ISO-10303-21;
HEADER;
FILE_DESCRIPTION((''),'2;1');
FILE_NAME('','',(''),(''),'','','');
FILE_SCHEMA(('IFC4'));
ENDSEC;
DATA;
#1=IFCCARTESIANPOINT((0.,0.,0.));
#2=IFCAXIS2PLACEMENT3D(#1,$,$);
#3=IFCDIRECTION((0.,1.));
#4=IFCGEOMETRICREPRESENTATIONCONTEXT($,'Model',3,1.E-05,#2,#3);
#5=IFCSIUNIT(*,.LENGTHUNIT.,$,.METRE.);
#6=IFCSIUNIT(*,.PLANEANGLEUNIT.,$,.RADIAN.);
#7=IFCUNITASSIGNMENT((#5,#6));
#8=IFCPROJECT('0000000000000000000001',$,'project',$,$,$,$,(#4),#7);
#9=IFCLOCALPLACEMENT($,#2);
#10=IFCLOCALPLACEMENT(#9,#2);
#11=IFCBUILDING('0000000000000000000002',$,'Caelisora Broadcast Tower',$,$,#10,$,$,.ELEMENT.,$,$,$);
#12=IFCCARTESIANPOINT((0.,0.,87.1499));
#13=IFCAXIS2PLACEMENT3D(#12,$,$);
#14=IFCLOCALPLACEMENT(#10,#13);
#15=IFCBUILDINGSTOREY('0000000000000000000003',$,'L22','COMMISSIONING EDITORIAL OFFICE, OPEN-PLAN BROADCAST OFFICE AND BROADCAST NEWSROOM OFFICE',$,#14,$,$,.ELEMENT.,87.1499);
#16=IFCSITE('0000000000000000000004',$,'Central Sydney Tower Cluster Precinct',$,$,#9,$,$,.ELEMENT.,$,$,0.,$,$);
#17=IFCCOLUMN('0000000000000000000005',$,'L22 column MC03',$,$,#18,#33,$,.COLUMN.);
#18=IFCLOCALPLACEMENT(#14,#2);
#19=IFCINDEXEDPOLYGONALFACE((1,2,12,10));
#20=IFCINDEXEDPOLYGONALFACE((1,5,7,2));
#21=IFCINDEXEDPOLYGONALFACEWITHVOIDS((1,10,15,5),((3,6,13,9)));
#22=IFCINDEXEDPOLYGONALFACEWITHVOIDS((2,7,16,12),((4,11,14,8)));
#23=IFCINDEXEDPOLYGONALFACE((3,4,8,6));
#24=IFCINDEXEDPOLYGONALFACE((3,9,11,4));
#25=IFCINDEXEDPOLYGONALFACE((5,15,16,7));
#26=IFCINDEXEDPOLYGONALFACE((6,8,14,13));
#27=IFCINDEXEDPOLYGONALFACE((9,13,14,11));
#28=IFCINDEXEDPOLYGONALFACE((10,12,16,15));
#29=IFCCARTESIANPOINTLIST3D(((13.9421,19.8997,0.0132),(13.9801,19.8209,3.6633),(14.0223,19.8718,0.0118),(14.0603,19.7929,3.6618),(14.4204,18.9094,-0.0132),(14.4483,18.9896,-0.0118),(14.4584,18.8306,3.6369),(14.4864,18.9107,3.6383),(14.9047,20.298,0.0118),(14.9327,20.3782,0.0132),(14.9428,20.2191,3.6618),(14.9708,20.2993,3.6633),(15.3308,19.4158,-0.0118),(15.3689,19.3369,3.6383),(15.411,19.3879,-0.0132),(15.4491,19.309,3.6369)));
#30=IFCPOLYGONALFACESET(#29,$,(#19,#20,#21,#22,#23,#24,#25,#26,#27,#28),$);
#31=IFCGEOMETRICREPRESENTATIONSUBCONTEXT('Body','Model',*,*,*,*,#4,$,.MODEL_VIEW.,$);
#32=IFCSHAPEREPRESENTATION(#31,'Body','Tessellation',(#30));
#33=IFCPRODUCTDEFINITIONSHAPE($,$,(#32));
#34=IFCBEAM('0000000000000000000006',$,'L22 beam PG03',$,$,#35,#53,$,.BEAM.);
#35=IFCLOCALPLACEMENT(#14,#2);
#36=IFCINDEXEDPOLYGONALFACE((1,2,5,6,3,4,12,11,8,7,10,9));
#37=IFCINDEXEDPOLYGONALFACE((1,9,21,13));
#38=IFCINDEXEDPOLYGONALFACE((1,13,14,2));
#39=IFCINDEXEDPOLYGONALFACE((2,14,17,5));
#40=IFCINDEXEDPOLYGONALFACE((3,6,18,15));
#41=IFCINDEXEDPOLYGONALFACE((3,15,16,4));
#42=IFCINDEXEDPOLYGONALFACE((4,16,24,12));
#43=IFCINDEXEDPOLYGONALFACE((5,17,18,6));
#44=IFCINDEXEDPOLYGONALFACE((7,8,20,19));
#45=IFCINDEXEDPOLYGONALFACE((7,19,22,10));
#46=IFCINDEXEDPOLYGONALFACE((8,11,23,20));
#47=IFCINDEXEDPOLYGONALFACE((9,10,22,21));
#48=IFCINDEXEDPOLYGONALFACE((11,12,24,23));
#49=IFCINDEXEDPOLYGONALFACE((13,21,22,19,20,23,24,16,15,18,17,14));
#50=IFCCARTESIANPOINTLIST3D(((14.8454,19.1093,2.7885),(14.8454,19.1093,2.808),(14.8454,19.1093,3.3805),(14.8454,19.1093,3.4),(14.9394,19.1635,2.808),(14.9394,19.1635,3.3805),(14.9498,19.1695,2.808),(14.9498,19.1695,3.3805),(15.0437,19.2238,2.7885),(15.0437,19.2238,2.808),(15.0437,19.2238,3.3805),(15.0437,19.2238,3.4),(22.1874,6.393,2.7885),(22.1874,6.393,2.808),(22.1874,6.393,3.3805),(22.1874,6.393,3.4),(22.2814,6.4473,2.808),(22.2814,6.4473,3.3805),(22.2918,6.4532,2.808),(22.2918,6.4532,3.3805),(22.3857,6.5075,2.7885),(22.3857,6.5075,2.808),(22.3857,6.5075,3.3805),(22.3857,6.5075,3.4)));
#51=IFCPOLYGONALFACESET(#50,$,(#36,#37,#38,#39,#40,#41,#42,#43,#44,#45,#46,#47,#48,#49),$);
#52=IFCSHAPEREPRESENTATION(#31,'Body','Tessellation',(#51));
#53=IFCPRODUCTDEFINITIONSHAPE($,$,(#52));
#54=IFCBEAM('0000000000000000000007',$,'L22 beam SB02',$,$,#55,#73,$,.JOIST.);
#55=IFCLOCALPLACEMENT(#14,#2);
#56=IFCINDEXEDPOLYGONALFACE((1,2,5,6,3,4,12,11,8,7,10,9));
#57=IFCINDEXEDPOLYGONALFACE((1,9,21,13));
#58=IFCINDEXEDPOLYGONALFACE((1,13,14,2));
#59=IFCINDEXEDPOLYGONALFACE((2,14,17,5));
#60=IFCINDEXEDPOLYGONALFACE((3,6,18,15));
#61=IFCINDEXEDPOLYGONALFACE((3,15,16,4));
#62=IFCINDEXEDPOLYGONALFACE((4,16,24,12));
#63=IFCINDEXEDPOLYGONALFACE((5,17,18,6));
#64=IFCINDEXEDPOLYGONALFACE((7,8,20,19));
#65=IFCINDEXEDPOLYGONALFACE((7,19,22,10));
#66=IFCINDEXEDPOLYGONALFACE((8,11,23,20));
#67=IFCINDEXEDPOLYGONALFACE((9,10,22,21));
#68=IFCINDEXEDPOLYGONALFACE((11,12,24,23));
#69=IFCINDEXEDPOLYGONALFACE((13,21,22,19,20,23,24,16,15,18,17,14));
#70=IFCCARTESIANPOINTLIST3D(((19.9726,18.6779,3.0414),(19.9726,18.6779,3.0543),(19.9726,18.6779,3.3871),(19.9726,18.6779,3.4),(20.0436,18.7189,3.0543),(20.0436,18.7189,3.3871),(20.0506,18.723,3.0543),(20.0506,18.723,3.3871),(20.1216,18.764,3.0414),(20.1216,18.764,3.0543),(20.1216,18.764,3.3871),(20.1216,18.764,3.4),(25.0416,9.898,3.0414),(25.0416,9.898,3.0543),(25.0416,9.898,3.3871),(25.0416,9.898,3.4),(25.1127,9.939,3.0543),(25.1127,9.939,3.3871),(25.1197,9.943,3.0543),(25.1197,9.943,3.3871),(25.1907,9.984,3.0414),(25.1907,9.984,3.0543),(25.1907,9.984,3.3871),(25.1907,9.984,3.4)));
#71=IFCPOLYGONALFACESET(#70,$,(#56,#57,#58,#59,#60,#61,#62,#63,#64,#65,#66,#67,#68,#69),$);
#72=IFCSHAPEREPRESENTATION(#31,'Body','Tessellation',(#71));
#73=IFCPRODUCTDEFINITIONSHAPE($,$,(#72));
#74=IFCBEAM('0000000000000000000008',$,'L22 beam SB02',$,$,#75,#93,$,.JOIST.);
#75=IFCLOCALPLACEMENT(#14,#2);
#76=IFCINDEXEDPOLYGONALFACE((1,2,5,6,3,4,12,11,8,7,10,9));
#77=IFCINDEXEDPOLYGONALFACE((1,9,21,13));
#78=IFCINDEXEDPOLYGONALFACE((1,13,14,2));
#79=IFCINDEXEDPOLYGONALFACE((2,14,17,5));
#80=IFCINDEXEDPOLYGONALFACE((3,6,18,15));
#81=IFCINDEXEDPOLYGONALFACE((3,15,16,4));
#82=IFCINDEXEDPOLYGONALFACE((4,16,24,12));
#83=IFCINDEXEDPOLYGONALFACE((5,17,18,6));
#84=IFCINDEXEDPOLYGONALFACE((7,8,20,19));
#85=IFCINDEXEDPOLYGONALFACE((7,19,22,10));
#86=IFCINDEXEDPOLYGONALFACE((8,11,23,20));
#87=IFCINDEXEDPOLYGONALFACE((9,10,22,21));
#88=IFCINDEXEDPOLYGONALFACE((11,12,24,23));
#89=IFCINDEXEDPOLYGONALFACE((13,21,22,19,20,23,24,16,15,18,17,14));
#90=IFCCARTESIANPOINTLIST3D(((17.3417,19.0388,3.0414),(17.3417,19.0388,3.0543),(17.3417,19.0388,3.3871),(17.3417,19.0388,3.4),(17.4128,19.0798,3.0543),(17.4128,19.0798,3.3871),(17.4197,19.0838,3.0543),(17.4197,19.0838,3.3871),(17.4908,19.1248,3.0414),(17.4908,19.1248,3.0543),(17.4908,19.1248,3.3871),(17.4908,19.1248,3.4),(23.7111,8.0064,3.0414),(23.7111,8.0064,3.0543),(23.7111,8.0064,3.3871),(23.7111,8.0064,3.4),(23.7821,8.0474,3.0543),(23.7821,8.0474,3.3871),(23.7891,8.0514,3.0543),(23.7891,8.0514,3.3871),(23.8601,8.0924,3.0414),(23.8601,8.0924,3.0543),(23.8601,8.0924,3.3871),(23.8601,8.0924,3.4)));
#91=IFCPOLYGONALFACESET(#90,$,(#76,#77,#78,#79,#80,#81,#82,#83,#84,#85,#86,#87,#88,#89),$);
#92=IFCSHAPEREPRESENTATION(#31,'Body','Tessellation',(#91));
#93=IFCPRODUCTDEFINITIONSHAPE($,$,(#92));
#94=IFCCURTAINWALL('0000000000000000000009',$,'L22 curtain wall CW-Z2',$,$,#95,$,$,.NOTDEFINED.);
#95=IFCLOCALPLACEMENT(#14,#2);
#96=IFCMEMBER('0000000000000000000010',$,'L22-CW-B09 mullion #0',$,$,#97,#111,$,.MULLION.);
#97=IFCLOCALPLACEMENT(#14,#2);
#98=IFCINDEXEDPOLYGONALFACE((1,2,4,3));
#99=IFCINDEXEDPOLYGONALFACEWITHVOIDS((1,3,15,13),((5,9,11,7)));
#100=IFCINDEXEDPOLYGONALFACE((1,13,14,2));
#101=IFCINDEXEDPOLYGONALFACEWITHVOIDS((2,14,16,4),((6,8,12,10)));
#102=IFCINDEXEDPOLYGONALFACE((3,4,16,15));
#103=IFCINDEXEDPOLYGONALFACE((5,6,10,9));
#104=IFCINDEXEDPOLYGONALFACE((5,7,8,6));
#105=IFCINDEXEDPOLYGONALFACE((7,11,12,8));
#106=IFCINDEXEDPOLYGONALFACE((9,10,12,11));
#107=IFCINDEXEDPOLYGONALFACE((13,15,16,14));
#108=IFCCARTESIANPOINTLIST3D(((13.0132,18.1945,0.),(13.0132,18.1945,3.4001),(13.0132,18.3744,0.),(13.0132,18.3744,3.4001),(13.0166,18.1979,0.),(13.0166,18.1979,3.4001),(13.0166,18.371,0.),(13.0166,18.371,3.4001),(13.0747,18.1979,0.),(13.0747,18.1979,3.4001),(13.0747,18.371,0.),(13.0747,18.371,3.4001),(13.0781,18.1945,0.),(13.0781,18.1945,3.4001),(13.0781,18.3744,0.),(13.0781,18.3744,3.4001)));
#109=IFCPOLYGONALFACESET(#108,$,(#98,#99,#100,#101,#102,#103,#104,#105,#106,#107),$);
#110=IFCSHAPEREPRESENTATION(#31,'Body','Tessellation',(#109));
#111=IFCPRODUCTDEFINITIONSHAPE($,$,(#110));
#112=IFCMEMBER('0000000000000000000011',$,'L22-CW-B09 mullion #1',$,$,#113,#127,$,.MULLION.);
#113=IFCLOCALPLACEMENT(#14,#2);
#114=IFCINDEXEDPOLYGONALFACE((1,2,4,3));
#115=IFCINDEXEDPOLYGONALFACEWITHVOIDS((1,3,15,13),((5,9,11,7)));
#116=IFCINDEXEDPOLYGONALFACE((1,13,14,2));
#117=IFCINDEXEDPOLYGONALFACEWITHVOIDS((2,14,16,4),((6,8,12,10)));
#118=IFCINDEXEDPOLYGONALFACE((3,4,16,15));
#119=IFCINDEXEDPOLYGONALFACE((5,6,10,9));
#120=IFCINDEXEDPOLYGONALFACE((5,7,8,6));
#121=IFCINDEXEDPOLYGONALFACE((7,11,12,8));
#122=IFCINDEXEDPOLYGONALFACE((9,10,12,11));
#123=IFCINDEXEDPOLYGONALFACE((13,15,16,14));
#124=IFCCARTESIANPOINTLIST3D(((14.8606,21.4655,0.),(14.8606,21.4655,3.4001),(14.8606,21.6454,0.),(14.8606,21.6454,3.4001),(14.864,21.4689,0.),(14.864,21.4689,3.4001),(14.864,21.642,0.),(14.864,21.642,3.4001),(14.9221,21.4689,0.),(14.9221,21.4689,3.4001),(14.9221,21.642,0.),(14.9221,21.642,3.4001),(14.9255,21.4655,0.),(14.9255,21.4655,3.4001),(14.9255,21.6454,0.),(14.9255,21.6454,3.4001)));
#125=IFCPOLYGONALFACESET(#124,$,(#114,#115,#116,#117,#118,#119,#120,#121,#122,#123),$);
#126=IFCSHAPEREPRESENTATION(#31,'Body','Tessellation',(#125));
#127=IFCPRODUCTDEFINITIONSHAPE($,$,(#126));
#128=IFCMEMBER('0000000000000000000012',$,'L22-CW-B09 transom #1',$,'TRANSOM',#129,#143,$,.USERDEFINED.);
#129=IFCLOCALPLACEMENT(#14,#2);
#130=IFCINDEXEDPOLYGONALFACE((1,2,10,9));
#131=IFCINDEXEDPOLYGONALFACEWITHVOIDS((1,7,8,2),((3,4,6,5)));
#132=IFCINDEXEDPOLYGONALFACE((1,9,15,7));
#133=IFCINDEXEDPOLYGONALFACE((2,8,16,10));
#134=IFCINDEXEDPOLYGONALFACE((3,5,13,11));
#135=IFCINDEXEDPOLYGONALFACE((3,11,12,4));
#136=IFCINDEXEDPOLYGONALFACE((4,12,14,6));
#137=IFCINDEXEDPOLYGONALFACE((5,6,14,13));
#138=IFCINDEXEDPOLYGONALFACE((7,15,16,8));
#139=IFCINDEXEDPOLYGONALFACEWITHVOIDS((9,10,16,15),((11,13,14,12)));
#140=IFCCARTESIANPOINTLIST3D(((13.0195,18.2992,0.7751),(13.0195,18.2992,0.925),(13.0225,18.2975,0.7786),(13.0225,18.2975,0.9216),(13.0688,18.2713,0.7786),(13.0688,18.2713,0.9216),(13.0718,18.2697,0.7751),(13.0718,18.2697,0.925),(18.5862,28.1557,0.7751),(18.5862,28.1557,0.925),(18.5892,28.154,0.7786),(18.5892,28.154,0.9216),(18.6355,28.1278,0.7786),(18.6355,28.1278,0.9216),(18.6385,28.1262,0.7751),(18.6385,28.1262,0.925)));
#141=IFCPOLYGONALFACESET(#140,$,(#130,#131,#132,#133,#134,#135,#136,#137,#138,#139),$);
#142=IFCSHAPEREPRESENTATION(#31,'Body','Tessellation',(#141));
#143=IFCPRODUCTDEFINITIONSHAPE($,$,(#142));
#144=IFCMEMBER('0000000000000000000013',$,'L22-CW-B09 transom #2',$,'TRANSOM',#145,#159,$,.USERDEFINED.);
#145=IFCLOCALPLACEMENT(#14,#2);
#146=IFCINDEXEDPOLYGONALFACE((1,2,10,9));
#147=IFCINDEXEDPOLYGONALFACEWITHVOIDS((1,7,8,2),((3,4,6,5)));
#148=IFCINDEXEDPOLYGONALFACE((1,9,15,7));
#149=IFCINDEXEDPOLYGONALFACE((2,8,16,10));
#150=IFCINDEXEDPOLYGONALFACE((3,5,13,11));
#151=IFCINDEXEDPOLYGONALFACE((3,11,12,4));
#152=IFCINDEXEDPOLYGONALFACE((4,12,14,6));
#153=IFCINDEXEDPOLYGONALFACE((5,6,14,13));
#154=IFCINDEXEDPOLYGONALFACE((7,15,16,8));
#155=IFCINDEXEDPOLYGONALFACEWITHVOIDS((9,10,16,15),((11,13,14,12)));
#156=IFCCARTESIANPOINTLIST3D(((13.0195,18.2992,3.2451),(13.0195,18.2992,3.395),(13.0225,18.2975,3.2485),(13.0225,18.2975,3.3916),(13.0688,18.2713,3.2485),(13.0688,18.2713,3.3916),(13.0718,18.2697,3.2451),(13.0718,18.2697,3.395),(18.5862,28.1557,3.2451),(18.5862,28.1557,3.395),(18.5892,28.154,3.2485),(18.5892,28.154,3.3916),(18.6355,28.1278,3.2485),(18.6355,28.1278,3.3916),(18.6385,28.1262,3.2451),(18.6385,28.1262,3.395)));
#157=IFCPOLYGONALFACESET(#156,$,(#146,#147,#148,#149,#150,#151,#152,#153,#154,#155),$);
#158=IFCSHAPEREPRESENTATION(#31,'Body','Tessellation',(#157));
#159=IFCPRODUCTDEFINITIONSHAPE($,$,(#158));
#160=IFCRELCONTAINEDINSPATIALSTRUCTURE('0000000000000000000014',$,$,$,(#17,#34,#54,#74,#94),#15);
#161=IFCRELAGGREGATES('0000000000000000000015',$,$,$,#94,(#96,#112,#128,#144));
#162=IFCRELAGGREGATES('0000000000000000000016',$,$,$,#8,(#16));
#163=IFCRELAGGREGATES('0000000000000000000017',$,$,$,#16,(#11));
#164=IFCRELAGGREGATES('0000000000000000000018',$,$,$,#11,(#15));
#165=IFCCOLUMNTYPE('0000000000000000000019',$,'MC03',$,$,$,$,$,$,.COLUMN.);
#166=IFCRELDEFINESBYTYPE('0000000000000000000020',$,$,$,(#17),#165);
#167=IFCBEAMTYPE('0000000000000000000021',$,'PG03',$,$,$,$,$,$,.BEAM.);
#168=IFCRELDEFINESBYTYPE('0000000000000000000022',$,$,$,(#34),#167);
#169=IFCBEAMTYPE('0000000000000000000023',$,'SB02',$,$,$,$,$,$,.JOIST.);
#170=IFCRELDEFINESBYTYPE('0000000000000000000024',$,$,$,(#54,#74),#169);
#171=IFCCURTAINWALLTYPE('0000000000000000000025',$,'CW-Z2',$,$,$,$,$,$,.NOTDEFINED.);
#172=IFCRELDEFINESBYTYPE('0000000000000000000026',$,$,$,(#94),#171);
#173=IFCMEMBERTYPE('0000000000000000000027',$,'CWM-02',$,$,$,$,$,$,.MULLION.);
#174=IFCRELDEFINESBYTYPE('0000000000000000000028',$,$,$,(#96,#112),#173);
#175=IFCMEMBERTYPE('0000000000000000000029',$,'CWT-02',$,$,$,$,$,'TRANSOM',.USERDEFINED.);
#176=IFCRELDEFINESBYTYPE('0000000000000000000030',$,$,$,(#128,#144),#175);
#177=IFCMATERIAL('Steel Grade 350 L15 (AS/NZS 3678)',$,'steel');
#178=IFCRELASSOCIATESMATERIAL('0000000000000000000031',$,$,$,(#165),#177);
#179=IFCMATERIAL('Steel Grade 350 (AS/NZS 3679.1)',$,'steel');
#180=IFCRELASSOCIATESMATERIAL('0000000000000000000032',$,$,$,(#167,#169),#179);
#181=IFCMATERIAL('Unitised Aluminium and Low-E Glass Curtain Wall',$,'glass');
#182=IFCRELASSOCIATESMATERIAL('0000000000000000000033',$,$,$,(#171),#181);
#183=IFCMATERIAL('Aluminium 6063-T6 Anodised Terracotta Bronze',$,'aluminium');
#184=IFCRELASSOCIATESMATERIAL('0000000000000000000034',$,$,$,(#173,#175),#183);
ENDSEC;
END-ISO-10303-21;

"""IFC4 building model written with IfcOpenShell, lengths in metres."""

from ifc_helpers import new_model, si_unit, direction, frame, origin, origin_2d, place, context, subcontext, project, spatial, hollow_rectangle, i_section, extrude, source, transform, mapped, material, material_profile, profile_set, type_object, type_shapes, element, aggregate, save


model = new_model("IFC4")

# Units and contexts
model_context = context("Model", 3, precision=1e-05, world=origin(), true_north=direction((0.0, 1.0)))
body_context = subcontext(model_context, "Body", "Model", "MODEL_VIEW")
ifc_project = project(units=[si_unit("LENGTHUNIT", "METRE"), si_unit("PLANEANGLEUNIT", "RADIAN")], contexts=[model_context])

# Site, building, storey
site_placement = place(None, origin())
site = spatial("IfcSite", under=ifc_project, at=site_placement, Name="Central Sydney Tower Cluster Precinct", CompositionType="ELEMENT", RefElevation=0.0)
building_placement = place(site_placement, origin())
building = spatial("IfcBuilding", under=site, at=building_placement, Name="Caelisora Broadcast Tower", CompositionType="ELEMENT")
storey_placement = place(building_placement, frame((0.0, 0.0, 87.1499)))
storey = spatial("IfcBuildingStorey", under=building, at=storey_placement, Name="L22", Description="COMMISSIONING EDITORIAL OFFICE, OPEN-PLAN BROADCAST OFFICE AND BROADCAST NEWSROOM OFFICE", CompositionType="ELEMENT", Elevation=87.1499)

# Column
ifc_material_1 = material(Name="Steel Grade 350 L15 (AS/NZS 3678)", Category="steel")
ifc_material_profile_1 = material_profile(ifc_material_1, hollow_rectangle(XDim=1.1001, YDim=1.1001, WallThickness=0.0601, at=origin_2d()), Name="Steel Grade 350 L15 (AS/NZS 3678)")
ifc_profile_set_1 = profile_set([ifc_material_profile_1], Name="Steel Grade 350 L15 (AS/NZS 3678)")
column_type = type_object("IfcColumnType", Name="MC03", PredefinedType="COLUMN", material=ifc_profile_set_1)
shared_shape_1 = source(origin(), body_context, "Body", "SweptSolid", [
    extrude(hollow_rectangle(XDim=1.1001, YDim=1.1001, WallThickness=0.0601, at=origin_2d()), origin(), (0.0, 0.0, 1.0), 3.6511),
])
type_shapes(column_type, [shared_shape_1])
column_placement = place(storey_placement, frame((14.6765, 19.6438, 0.0), z_axis=(0.010431, -0.021598, 0.999712), x_axis=(0.900476, 0.434905, 0.0)))
element("IfcColumn", 1, at=column_placement, inside=storey, type_object=column_type, Name="L22 column MC03", PredefinedType="COLUMN", context=body_context, shape_type="MappedRepresentation", body=[
    mapped(shared_shape_1, transform((0.0, 0.0, 0.0), scale=1.0)),
])

# Beams
ifc_material_2 = material(Name="Steel Grade 350 (AS/NZS 3679.1)", Category="steel")
ifc_material_profile_2 = material_profile(ifc_material_2, i_section(OverallWidth=0.229, OverallDepth=0.6116, WebThickness=0.012, FlangeThickness=0.0195, at=origin_2d()), Name="Steel Grade 350 (AS/NZS 3679.1)")
ifc_profile_set_2 = profile_set([ifc_material_profile_2], Name="Steel Grade 350 (AS/NZS 3679.1)")
beam_type_1 = type_object("IfcBeamType", Name="PG03", PredefinedType="BEAM", material=ifc_profile_set_2)
shared_shape_2 = source(origin(), body_context, "Body", "SweptSolid", [
    extrude(i_section(OverallWidth=0.229, OverallDepth=0.6116, WebThickness=0.012, FlangeThickness=0.0195, at=origin_2d()), origin(), (0.0, 0.0, 1.0), 14.6836),
])
type_shapes(beam_type_1, [shared_shape_2])
beam_1_placement = place(storey_placement, frame((14.9446, 19.1665, 3.0942), z_axis=(0.500014, -0.866017, 0.0), x_axis=(0.866017, 0.500014, 0.0)))
element("IfcBeam", 2, at=beam_1_placement, inside=storey, type_object=beam_type_1, Name="L22 beam PG03", PredefinedType="BEAM", context=body_context, shape_type="MappedRepresentation", body=[
    mapped(shared_shape_2, transform((0.0, 0.0, 0.0), scale=1.0)),
])
ifc_material_profile_3 = material_profile(ifc_material_2, i_section(OverallWidth=0.1721, OverallDepth=0.3586, WebThickness=0.0081, FlangeThickness=0.0129, at=origin_2d()), Name="Steel Grade 350 (AS/NZS 3679.1)")
ifc_profile_set_3 = profile_set([ifc_material_profile_3], Name="Steel Grade 350 (AS/NZS 3679.1)")
beam_type_2 = type_object("IfcBeamType", Name="SB02", PredefinedType="JOIST", material=ifc_profile_set_3)
shared_shape_3 = source(origin(), body_context, "Body", "SweptSolid", [
    extrude(i_section(OverallWidth=0.1721, OverallDepth=0.3586, WebThickness=0.0081, FlangeThickness=0.0129, at=origin_2d()), origin(), (0.0, 0.0, 1.0), 10.1382),
])
beam_2_placement = place(storey_placement, frame((20.0471, 18.7209, 3.2207), z_axis=(0.499996, -0.866028, 0.0), x_axis=(0.866028, 0.499996, 0.0)))
element("IfcBeam", 3, at=beam_2_placement, inside=storey, type_object=beam_type_2, Name="L22 beam SB02", PredefinedType="JOIST", context=body_context, shape_type="MappedRepresentation", body=[
    mapped(shared_shape_3, transform((0.0, 0.0, 0.0), scale=1.0)),
])
shared_shape_4 = source(origin(), body_context, "Body", "SweptSolid", [
    extrude(i_section(OverallWidth=0.1721, OverallDepth=0.3586, WebThickness=0.0081, FlangeThickness=0.0129, at=origin_2d()), origin(), (0.0, 0.0, 1.0), 12.739),
])
type_shapes(beam_type_2, [shared_shape_3, shared_shape_4])
beam_3_placement = place(storey_placement, frame((17.4163, 19.0818, 3.2207), z_axis=(0.499987, -0.866033, 0.0), x_axis=(0.866033, 0.499987, 0.0)))
element("IfcBeam", 4, at=beam_3_placement, inside=storey, type_object=beam_type_2, Name="L22 beam SB02", PredefinedType="JOIST", context=body_context, shape_type="MappedRepresentation", body=[
    mapped(shared_shape_4, transform((0.0, 0.0, 0.0), scale=1.0)),
])

# Curtain wall, members
ifc_material_3 = material(Name="Unitised Aluminium and Low-E Glass Curtain Wall", Category="glass")
curtain_wall_type = type_object("IfcCurtainWallType", Name="CW-Z2", PredefinedType="NOTDEFINED", material=ifc_material_3)
curtain_wall_placement = place(storey_placement, origin())
curtain_wall = element("IfcCurtainWall", 5, at=curtain_wall_placement, inside=storey, type_object=curtain_wall_type, Name="L22 curtain wall CW-Z2", PredefinedType="NOTDEFINED")
ifc_material_4 = material(Name="Aluminium 6063-T6 Anodised Terracotta Bronze", Category="aluminium")
ifc_material_profile_4 = material_profile(ifc_material_4, hollow_rectangle(XDim=0.0649, YDim=0.1799, WallThickness=0.0034, at=origin_2d()), Name="Aluminium 6063-T6 Anodised Terracotta Bronze")
ifc_profile_set_4 = profile_set([ifc_material_profile_4], Name="Aluminium 6063-T6 Anodised Terracotta Bronze")
member_type_1 = type_object("IfcMemberType", Name="CWM-02", PredefinedType="MULLION", material=ifc_profile_set_4)
shared_shape_5 = source(origin(), body_context, "Body", "SweptSolid", [
    extrude(hollow_rectangle(XDim=0.0649, YDim=0.1799, WallThickness=0.0034, at=origin_2d()), origin(), (0.0, 0.0, 1.0), 3.4001),
])
type_shapes(member_type_1, [shared_shape_5])
member_1_placement = place(storey_placement, frame((13.0457, 18.2844, 0.0), z_axis=(0.0, 0.0, 1.0), x_axis=(1.0, 0.0, 0.0)))
member_1 = element("IfcMember", 6, at=member_1_placement, type_object=member_type_1, Name="L22-CW-B09 mullion #0", PredefinedType="MULLION", context=body_context, shape_type="MappedRepresentation", body=[
    mapped(shared_shape_5, transform((0.0, 0.0, 0.0), scale=1.0)),
])
member_2_placement = place(storey_placement, frame((14.8931, 21.5554, 0.0), z_axis=(0.0, 0.0, 1.0), x_axis=(1.0, 0.0, 0.0)))
member_2 = element("IfcMember", 7, at=member_2_placement, type_object=member_type_1, Name="L22-CW-B09 mullion #1", PredefinedType="MULLION", context=body_context, shape_type="MappedRepresentation", body=[
    mapped(shared_shape_5, transform((0.0, 0.0, 0.0), scale=1.0)),
])
ifc_material_profile_5 = material_profile(ifc_material_4, hollow_rectangle(XDim=0.0601, YDim=0.1499, WallThickness=0.0034, at=origin_2d()), Name="Aluminium 6063-T6 Anodised Terracotta Bronze")
ifc_profile_set_5 = profile_set([ifc_material_profile_5], Name="Aluminium 6063-T6 Anodised Terracotta Bronze")
member_type_2 = type_object("IfcMemberType", Name="CWT-02", ElementType="TRANSOM", PredefinedType="USERDEFINED", material=ifc_profile_set_5)
shared_shape_6 = source(origin(), body_context, "Body", "SweptSolid", [
    extrude(hollow_rectangle(XDim=0.0601, YDim=0.1499, WallThickness=0.0034, at=origin_2d()), origin(), (0.0, 0.0, 1.0), 11.3198),
])
type_shapes(member_type_2, [shared_shape_6])
member_3_placement = place(storey_placement, frame((13.0457, 18.2844, 0.8501), z_axis=(0.491764, 0.870729, 0.0), x_axis=(-0.870729, 0.491764, 0.0)))
member_3 = element("IfcMember", 8, at=member_3_placement, type_object=member_type_2, Name="L22-CW-B09 transom #1", ObjectType="TRANSOM", PredefinedType="USERDEFINED", context=body_context, shape_type="MappedRepresentation", body=[
    mapped(shared_shape_6, transform((0.0, 0.0, 0.0), scale=1.0)),
])
member_4_placement = place(storey_placement, frame((13.0457, 18.2844, 3.3201), z_axis=(0.491764, 0.870729, 0.0), x_axis=(-0.870729, 0.491764, 0.0)))
member_4 = element("IfcMember", 9, at=member_4_placement, type_object=member_type_2, Name="L22-CW-B09 transom #2", ObjectType="TRANSOM", PredefinedType="USERDEFINED", context=body_context, shape_type="MappedRepresentation", body=[
    mapped(shared_shape_6, transform((0.0, 0.0, 0.0), scale=1.0)),
])

aggregate(curtain_wall, [member_1, member_2, member_3, member_4])

save(model, "model.ifc")
